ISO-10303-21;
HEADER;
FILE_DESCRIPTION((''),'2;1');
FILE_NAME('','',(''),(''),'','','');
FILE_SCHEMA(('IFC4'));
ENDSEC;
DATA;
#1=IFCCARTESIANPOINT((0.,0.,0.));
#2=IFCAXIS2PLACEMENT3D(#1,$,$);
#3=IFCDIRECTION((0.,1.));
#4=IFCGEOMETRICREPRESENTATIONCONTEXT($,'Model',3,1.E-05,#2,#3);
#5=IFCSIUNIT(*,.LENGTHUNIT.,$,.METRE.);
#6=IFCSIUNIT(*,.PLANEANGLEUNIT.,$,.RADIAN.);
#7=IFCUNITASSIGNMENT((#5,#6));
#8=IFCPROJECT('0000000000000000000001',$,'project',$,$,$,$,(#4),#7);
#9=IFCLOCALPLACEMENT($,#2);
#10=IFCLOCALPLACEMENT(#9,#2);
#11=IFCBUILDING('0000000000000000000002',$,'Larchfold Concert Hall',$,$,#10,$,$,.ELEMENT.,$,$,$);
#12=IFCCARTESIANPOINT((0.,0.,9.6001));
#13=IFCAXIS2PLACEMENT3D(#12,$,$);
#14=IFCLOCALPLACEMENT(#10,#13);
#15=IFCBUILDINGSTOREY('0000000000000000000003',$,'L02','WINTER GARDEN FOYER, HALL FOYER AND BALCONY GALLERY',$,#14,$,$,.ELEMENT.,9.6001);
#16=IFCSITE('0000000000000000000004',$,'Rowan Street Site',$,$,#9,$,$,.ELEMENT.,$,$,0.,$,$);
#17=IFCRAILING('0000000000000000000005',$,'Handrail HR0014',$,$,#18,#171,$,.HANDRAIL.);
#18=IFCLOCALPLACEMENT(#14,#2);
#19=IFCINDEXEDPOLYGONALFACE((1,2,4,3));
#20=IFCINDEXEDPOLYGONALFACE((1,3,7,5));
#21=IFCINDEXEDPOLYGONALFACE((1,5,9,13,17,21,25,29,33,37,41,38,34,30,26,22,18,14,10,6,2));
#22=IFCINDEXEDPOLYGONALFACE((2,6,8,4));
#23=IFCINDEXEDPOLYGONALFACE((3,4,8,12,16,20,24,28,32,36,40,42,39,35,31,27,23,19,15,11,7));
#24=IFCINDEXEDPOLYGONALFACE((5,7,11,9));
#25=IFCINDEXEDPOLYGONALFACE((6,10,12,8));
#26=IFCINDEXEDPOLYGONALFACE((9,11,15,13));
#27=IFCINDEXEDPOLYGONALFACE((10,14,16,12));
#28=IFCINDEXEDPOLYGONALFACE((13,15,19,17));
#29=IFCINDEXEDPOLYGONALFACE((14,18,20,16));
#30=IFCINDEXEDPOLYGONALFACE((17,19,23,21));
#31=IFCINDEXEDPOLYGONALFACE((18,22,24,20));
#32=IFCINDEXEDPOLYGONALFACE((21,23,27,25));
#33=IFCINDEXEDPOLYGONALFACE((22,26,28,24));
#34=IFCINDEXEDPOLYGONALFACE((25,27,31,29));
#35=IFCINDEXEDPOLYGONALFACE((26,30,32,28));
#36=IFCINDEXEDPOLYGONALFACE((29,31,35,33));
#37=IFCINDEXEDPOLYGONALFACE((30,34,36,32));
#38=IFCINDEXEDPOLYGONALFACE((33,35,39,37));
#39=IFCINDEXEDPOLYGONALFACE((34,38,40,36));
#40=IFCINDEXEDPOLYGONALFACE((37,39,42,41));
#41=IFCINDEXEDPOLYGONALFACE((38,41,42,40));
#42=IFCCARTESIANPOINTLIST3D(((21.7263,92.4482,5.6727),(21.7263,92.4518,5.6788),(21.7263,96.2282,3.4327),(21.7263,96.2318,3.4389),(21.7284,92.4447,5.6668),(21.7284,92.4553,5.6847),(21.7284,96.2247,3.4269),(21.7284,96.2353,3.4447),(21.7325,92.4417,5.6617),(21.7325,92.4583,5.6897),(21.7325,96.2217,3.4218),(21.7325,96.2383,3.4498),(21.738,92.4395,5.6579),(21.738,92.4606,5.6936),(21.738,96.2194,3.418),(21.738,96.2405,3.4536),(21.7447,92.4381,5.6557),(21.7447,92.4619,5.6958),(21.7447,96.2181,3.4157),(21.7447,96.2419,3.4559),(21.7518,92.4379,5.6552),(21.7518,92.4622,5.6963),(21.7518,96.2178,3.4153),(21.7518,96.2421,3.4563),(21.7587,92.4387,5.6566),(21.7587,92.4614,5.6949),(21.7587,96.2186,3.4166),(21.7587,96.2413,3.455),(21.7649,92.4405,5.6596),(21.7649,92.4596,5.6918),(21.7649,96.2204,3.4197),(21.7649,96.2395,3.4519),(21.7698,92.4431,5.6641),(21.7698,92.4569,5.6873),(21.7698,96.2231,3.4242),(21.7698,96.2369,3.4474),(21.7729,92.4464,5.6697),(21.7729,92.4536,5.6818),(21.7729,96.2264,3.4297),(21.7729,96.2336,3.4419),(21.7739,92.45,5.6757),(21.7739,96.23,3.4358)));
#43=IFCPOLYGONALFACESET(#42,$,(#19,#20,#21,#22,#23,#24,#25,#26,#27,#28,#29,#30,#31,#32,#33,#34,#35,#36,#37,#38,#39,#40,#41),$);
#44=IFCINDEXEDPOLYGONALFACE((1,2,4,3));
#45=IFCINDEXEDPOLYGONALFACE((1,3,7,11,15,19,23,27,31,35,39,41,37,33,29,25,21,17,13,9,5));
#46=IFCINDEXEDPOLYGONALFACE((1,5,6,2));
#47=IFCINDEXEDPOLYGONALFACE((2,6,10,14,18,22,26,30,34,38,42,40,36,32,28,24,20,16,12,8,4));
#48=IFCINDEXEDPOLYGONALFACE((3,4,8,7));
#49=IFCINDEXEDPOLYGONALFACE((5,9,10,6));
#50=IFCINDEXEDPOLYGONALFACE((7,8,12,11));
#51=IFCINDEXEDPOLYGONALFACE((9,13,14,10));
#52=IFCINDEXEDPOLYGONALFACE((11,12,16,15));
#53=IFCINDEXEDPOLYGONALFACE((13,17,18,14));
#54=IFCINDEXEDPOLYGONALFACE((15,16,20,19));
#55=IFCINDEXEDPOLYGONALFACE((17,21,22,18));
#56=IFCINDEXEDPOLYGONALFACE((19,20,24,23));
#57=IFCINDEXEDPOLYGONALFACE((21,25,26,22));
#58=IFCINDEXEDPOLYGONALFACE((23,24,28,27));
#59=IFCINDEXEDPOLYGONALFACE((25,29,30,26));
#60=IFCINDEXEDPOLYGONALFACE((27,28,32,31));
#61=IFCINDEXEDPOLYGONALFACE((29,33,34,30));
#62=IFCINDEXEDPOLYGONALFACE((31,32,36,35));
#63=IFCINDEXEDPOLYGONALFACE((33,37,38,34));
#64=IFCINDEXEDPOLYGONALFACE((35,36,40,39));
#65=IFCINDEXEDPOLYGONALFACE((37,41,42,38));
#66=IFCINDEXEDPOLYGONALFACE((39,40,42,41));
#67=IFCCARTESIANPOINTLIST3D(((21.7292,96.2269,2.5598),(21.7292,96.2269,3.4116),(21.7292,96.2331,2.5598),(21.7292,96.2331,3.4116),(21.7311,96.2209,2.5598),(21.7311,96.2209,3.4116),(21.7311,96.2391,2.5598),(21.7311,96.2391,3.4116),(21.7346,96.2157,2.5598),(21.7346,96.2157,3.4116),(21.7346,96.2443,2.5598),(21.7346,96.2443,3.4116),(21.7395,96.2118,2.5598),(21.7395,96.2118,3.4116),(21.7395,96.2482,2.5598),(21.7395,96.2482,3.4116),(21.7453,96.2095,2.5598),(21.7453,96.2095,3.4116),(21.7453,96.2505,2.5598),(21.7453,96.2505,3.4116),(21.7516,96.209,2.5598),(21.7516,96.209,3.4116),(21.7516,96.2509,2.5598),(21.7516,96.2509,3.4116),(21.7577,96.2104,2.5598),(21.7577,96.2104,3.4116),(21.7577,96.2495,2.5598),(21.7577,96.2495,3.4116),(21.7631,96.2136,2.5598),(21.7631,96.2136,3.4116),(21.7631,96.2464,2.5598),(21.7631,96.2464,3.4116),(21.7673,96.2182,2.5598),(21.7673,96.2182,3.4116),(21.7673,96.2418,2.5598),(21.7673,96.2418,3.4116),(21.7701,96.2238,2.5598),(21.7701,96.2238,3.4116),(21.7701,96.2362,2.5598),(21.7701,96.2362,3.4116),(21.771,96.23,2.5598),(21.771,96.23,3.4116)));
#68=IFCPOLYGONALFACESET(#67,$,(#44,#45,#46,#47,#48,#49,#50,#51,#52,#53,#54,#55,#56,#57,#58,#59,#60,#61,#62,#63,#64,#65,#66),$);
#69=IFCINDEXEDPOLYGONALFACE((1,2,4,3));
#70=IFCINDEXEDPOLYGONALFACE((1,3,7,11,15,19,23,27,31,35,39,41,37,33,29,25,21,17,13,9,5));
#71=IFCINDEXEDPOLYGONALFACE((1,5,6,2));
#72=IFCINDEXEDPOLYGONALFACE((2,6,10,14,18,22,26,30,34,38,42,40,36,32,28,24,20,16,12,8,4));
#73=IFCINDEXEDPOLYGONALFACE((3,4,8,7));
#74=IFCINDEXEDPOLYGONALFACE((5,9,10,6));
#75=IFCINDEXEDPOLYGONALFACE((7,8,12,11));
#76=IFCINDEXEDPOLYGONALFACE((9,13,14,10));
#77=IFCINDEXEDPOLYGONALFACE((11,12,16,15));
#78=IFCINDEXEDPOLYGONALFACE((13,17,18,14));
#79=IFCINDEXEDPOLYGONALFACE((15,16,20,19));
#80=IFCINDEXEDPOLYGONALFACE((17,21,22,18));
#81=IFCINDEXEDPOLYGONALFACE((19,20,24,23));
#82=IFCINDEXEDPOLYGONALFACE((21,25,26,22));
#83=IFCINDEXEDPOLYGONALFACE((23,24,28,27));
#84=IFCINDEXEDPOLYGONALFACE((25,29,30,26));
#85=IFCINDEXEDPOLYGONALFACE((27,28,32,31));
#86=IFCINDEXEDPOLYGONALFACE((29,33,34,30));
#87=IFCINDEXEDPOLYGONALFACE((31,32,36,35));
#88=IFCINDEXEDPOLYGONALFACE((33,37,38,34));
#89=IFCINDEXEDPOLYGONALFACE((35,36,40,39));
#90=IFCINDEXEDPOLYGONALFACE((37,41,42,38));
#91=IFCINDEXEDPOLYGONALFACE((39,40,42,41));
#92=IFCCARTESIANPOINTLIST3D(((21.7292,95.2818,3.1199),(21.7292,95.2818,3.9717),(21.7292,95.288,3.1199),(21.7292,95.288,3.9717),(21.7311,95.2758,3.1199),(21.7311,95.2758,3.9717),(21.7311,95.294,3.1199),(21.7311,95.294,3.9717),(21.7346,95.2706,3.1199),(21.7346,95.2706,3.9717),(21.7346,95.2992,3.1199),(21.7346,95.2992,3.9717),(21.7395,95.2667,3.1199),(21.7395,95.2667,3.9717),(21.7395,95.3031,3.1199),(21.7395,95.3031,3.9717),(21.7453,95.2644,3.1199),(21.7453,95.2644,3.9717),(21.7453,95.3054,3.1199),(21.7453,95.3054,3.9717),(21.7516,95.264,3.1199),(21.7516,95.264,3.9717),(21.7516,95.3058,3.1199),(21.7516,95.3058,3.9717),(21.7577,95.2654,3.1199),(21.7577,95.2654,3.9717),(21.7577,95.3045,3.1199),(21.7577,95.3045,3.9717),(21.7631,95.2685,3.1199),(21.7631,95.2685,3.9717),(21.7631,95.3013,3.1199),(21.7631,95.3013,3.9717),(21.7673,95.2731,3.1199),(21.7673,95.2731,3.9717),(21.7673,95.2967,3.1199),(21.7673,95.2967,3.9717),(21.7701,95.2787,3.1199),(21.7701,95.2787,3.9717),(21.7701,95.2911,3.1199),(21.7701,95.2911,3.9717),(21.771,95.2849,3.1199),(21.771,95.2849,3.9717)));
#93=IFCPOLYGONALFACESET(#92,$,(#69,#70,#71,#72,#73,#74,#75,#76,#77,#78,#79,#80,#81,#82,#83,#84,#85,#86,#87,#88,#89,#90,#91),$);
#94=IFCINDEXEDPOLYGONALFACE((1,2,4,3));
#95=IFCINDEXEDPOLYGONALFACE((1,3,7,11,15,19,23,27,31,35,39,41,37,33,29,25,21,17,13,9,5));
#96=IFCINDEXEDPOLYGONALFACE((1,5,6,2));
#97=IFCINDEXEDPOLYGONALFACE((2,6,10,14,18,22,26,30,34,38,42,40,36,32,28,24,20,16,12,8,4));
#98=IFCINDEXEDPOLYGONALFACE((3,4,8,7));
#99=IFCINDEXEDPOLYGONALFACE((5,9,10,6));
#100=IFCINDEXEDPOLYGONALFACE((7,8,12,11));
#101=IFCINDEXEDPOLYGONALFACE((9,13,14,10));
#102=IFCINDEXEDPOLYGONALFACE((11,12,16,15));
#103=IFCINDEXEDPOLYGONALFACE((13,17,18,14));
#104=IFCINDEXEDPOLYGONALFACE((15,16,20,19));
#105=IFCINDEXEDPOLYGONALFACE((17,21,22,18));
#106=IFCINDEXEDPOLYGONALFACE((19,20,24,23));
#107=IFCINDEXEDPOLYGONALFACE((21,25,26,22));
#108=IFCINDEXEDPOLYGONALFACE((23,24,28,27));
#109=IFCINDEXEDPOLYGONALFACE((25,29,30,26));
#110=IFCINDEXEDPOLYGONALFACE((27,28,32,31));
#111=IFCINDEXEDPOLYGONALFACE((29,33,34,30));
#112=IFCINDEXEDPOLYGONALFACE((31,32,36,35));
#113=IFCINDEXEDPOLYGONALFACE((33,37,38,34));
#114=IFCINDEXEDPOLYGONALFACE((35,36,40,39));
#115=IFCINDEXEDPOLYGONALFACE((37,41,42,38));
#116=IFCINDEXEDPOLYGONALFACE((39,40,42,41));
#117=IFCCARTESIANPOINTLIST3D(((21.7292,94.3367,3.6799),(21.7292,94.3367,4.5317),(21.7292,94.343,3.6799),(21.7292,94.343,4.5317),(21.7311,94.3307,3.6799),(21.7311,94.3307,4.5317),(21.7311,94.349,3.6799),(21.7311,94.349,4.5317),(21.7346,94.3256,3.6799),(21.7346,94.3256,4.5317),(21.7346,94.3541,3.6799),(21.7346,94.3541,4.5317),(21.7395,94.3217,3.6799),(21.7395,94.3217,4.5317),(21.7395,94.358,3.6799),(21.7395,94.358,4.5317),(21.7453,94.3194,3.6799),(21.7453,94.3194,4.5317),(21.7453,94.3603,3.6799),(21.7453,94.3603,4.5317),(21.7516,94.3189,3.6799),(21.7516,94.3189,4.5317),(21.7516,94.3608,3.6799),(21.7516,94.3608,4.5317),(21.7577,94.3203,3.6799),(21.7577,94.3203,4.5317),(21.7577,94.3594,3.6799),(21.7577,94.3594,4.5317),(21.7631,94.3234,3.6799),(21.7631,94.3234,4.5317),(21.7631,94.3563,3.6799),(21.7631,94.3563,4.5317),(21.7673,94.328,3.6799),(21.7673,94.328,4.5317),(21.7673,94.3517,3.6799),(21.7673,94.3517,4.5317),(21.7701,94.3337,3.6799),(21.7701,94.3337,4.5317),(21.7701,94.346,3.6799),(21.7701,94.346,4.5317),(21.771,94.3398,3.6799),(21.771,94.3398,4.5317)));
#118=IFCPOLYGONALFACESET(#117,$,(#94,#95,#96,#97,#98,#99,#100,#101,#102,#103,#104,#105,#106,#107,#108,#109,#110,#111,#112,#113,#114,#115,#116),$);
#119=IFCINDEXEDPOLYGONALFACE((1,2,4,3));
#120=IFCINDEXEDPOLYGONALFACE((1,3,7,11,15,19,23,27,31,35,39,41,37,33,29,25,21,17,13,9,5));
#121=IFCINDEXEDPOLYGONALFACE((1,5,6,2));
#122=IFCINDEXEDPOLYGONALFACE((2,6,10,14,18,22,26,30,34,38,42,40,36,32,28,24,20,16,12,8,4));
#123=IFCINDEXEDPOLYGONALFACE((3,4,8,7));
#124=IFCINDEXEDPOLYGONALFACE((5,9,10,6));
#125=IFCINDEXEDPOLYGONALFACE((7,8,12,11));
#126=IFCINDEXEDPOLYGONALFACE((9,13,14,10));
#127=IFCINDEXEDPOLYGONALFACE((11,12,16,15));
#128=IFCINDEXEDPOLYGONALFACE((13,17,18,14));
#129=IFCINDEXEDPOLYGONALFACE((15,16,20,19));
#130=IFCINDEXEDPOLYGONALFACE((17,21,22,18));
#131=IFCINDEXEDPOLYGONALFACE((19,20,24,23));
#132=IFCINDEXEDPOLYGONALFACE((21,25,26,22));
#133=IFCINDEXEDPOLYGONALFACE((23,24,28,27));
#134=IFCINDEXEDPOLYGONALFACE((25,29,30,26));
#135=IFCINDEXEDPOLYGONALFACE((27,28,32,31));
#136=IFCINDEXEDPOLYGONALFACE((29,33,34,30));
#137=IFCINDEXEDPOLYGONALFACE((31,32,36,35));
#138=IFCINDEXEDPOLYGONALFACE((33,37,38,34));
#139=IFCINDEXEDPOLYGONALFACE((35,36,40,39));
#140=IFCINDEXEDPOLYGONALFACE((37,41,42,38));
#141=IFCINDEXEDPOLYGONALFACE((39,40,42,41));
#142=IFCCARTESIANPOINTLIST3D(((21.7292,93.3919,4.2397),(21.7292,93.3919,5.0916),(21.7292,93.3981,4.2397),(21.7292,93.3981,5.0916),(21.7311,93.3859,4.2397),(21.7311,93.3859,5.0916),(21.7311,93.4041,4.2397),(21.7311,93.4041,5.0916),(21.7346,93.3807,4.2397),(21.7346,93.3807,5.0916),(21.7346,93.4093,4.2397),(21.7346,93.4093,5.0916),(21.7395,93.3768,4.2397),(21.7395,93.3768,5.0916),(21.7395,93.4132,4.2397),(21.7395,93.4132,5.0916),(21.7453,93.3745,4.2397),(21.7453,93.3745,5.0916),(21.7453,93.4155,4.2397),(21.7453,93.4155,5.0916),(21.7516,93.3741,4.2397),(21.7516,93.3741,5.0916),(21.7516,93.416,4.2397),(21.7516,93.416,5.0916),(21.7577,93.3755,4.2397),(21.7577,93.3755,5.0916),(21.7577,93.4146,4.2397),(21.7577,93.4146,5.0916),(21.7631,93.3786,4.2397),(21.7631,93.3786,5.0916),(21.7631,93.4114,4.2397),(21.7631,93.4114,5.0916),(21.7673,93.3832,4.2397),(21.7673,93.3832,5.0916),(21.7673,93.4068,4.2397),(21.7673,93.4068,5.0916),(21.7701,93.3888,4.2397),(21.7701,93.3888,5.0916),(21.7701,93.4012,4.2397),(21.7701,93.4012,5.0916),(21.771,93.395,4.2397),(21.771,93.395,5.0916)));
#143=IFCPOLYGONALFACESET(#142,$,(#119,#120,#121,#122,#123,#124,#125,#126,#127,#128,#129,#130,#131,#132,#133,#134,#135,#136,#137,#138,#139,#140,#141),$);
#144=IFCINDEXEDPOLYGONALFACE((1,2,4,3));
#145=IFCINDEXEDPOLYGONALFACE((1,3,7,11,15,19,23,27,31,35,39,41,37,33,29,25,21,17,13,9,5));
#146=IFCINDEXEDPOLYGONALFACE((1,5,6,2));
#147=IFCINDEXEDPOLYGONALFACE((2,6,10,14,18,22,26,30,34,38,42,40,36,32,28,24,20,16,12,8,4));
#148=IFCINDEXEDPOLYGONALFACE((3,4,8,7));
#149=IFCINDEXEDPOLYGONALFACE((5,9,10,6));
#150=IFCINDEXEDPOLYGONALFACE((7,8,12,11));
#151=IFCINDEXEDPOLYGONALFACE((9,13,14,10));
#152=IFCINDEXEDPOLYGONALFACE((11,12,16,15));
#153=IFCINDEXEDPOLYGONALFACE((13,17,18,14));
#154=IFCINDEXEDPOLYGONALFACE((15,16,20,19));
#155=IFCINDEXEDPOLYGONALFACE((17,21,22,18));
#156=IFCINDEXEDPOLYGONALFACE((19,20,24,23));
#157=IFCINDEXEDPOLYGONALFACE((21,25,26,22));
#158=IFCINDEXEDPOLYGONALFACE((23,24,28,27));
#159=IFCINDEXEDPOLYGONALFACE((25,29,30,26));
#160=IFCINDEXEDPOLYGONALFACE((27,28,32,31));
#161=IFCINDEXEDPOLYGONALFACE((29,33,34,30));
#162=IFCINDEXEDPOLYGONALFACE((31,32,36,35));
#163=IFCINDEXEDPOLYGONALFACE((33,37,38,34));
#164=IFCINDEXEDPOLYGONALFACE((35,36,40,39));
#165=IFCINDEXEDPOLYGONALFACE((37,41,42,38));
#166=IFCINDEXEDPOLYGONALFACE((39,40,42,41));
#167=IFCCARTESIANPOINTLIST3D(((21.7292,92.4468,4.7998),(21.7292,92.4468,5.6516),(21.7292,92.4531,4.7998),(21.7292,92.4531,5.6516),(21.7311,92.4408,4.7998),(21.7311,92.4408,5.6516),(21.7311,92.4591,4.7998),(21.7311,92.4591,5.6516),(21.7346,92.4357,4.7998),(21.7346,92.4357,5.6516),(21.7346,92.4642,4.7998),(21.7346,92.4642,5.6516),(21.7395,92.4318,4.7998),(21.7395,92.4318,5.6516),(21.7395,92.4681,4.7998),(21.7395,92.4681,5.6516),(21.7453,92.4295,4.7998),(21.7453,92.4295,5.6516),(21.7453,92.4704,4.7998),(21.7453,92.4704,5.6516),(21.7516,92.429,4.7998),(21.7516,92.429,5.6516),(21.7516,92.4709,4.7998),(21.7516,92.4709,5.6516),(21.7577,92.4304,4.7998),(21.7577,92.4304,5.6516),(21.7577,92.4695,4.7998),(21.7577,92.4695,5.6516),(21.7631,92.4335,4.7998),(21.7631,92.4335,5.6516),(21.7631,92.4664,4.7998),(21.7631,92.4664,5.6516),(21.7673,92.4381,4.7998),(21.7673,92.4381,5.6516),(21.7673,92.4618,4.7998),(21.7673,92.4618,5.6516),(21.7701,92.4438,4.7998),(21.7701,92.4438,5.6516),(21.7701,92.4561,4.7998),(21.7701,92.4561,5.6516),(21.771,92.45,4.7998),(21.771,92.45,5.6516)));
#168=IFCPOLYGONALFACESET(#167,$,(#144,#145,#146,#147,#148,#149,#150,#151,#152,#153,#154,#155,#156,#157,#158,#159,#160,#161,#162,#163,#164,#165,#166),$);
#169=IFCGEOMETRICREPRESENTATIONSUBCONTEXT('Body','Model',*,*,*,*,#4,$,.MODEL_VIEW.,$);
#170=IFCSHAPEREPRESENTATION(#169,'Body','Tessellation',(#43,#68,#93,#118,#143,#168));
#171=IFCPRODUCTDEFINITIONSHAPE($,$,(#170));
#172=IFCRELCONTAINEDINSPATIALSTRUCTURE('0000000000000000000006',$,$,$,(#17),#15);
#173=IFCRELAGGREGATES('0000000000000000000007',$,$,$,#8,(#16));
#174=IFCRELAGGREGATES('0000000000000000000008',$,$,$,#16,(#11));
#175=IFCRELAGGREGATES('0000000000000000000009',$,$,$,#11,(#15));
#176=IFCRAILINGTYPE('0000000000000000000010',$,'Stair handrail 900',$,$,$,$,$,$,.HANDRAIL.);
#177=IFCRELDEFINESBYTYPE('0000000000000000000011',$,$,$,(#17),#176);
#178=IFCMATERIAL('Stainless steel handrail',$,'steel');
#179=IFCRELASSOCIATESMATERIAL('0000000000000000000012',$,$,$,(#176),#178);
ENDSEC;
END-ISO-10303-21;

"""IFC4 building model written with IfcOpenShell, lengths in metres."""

from ifc_helpers import new_model, si_unit, direction, frame, origin, origin_2d, place, context, subcontext, project, spatial, circle, extrude, material, type_object, element, save


model = new_model("IFC4")

# Units and contexts
model_context = context("Model", 3, precision=1e-05, world=origin(), true_north=direction((0.0, 1.0)))
body_context = subcontext(model_context, "Body", "Model", "MODEL_VIEW")
ifc_project = project(units=[si_unit("LENGTHUNIT", "METRE"), si_unit("PLANEANGLEUNIT", "RADIAN")], contexts=[model_context])

# Site, building, storey
site_placement = place(None, origin())
site = spatial("IfcSite", under=ifc_project, at=site_placement, Name="Rowan Street Site", CompositionType="ELEMENT", RefElevation=0.0)
building_placement = place(site_placement, origin())
building = spatial("IfcBuilding", under=site, at=building_placement, Name="Larchfold Concert Hall", CompositionType="ELEMENT")
storey_placement = place(building_placement, frame((0.0, 0.0, 9.6001)))
storey = spatial("IfcBuildingStorey", under=building, at=storey_placement, Name="L02", Description="WINTER GARDEN FOYER, HALL FOYER AND BALCONY GALLERY", CompositionType="ELEMENT", Elevation=9.6001)

# Railing
ifc_material_1 = material(Name="Stainless steel handrail", Category="steel")
railing_type_1 = type_object("IfcRailingType", Name="Stair handrail 900", PredefinedType="HANDRAIL", material=ifc_material_1)
for number, where, name in (
    (1, (21.75, 96.23, 2.5598), "Handrail HR0014"),
):
    element("IfcRailing", number, at=place(storey_placement, frame(where)), inside=storey, type_object=railing_type_1, Name=name, PredefinedType="HANDRAIL", context=body_context, shape_type="SweptSolid", body=[
        extrude(circle(Radius=0.0239, at=origin_2d()), frame((0.0, 0.0, 0.876), z_axis=(0.0, -0.860294, 0.509798), x_axis=(1.0, 0.0, 0.0)), (0.0, 0.0, 1.0), 4.3938),
        extrude(circle(Radius=0.021, at=origin_2d()), origin(), (0.0, 0.0, 1.0), 0.8518),
        extrude(circle(Radius=0.021, at=origin_2d()), frame((0.0, -0.9451, 0.5601)), (0.0, 0.0, 1.0), 0.8518),
        extrude(circle(Radius=0.021, at=origin_2d()), frame((0.0, -1.8901, 1.1201)), (0.0, 0.0, 1.0), 0.8518),
        extrude(circle(Radius=0.021, at=origin_2d()), frame((0.0, -2.835, 1.6799)), (0.0, 0.0, 1.0), 0.8518),
        extrude(circle(Radius=0.021, at=origin_2d()), frame((0.0, -3.78, 2.24)), (0.0, 0.0, 1.0), 0.8518),
    ])

save(model, "model.ifc")
